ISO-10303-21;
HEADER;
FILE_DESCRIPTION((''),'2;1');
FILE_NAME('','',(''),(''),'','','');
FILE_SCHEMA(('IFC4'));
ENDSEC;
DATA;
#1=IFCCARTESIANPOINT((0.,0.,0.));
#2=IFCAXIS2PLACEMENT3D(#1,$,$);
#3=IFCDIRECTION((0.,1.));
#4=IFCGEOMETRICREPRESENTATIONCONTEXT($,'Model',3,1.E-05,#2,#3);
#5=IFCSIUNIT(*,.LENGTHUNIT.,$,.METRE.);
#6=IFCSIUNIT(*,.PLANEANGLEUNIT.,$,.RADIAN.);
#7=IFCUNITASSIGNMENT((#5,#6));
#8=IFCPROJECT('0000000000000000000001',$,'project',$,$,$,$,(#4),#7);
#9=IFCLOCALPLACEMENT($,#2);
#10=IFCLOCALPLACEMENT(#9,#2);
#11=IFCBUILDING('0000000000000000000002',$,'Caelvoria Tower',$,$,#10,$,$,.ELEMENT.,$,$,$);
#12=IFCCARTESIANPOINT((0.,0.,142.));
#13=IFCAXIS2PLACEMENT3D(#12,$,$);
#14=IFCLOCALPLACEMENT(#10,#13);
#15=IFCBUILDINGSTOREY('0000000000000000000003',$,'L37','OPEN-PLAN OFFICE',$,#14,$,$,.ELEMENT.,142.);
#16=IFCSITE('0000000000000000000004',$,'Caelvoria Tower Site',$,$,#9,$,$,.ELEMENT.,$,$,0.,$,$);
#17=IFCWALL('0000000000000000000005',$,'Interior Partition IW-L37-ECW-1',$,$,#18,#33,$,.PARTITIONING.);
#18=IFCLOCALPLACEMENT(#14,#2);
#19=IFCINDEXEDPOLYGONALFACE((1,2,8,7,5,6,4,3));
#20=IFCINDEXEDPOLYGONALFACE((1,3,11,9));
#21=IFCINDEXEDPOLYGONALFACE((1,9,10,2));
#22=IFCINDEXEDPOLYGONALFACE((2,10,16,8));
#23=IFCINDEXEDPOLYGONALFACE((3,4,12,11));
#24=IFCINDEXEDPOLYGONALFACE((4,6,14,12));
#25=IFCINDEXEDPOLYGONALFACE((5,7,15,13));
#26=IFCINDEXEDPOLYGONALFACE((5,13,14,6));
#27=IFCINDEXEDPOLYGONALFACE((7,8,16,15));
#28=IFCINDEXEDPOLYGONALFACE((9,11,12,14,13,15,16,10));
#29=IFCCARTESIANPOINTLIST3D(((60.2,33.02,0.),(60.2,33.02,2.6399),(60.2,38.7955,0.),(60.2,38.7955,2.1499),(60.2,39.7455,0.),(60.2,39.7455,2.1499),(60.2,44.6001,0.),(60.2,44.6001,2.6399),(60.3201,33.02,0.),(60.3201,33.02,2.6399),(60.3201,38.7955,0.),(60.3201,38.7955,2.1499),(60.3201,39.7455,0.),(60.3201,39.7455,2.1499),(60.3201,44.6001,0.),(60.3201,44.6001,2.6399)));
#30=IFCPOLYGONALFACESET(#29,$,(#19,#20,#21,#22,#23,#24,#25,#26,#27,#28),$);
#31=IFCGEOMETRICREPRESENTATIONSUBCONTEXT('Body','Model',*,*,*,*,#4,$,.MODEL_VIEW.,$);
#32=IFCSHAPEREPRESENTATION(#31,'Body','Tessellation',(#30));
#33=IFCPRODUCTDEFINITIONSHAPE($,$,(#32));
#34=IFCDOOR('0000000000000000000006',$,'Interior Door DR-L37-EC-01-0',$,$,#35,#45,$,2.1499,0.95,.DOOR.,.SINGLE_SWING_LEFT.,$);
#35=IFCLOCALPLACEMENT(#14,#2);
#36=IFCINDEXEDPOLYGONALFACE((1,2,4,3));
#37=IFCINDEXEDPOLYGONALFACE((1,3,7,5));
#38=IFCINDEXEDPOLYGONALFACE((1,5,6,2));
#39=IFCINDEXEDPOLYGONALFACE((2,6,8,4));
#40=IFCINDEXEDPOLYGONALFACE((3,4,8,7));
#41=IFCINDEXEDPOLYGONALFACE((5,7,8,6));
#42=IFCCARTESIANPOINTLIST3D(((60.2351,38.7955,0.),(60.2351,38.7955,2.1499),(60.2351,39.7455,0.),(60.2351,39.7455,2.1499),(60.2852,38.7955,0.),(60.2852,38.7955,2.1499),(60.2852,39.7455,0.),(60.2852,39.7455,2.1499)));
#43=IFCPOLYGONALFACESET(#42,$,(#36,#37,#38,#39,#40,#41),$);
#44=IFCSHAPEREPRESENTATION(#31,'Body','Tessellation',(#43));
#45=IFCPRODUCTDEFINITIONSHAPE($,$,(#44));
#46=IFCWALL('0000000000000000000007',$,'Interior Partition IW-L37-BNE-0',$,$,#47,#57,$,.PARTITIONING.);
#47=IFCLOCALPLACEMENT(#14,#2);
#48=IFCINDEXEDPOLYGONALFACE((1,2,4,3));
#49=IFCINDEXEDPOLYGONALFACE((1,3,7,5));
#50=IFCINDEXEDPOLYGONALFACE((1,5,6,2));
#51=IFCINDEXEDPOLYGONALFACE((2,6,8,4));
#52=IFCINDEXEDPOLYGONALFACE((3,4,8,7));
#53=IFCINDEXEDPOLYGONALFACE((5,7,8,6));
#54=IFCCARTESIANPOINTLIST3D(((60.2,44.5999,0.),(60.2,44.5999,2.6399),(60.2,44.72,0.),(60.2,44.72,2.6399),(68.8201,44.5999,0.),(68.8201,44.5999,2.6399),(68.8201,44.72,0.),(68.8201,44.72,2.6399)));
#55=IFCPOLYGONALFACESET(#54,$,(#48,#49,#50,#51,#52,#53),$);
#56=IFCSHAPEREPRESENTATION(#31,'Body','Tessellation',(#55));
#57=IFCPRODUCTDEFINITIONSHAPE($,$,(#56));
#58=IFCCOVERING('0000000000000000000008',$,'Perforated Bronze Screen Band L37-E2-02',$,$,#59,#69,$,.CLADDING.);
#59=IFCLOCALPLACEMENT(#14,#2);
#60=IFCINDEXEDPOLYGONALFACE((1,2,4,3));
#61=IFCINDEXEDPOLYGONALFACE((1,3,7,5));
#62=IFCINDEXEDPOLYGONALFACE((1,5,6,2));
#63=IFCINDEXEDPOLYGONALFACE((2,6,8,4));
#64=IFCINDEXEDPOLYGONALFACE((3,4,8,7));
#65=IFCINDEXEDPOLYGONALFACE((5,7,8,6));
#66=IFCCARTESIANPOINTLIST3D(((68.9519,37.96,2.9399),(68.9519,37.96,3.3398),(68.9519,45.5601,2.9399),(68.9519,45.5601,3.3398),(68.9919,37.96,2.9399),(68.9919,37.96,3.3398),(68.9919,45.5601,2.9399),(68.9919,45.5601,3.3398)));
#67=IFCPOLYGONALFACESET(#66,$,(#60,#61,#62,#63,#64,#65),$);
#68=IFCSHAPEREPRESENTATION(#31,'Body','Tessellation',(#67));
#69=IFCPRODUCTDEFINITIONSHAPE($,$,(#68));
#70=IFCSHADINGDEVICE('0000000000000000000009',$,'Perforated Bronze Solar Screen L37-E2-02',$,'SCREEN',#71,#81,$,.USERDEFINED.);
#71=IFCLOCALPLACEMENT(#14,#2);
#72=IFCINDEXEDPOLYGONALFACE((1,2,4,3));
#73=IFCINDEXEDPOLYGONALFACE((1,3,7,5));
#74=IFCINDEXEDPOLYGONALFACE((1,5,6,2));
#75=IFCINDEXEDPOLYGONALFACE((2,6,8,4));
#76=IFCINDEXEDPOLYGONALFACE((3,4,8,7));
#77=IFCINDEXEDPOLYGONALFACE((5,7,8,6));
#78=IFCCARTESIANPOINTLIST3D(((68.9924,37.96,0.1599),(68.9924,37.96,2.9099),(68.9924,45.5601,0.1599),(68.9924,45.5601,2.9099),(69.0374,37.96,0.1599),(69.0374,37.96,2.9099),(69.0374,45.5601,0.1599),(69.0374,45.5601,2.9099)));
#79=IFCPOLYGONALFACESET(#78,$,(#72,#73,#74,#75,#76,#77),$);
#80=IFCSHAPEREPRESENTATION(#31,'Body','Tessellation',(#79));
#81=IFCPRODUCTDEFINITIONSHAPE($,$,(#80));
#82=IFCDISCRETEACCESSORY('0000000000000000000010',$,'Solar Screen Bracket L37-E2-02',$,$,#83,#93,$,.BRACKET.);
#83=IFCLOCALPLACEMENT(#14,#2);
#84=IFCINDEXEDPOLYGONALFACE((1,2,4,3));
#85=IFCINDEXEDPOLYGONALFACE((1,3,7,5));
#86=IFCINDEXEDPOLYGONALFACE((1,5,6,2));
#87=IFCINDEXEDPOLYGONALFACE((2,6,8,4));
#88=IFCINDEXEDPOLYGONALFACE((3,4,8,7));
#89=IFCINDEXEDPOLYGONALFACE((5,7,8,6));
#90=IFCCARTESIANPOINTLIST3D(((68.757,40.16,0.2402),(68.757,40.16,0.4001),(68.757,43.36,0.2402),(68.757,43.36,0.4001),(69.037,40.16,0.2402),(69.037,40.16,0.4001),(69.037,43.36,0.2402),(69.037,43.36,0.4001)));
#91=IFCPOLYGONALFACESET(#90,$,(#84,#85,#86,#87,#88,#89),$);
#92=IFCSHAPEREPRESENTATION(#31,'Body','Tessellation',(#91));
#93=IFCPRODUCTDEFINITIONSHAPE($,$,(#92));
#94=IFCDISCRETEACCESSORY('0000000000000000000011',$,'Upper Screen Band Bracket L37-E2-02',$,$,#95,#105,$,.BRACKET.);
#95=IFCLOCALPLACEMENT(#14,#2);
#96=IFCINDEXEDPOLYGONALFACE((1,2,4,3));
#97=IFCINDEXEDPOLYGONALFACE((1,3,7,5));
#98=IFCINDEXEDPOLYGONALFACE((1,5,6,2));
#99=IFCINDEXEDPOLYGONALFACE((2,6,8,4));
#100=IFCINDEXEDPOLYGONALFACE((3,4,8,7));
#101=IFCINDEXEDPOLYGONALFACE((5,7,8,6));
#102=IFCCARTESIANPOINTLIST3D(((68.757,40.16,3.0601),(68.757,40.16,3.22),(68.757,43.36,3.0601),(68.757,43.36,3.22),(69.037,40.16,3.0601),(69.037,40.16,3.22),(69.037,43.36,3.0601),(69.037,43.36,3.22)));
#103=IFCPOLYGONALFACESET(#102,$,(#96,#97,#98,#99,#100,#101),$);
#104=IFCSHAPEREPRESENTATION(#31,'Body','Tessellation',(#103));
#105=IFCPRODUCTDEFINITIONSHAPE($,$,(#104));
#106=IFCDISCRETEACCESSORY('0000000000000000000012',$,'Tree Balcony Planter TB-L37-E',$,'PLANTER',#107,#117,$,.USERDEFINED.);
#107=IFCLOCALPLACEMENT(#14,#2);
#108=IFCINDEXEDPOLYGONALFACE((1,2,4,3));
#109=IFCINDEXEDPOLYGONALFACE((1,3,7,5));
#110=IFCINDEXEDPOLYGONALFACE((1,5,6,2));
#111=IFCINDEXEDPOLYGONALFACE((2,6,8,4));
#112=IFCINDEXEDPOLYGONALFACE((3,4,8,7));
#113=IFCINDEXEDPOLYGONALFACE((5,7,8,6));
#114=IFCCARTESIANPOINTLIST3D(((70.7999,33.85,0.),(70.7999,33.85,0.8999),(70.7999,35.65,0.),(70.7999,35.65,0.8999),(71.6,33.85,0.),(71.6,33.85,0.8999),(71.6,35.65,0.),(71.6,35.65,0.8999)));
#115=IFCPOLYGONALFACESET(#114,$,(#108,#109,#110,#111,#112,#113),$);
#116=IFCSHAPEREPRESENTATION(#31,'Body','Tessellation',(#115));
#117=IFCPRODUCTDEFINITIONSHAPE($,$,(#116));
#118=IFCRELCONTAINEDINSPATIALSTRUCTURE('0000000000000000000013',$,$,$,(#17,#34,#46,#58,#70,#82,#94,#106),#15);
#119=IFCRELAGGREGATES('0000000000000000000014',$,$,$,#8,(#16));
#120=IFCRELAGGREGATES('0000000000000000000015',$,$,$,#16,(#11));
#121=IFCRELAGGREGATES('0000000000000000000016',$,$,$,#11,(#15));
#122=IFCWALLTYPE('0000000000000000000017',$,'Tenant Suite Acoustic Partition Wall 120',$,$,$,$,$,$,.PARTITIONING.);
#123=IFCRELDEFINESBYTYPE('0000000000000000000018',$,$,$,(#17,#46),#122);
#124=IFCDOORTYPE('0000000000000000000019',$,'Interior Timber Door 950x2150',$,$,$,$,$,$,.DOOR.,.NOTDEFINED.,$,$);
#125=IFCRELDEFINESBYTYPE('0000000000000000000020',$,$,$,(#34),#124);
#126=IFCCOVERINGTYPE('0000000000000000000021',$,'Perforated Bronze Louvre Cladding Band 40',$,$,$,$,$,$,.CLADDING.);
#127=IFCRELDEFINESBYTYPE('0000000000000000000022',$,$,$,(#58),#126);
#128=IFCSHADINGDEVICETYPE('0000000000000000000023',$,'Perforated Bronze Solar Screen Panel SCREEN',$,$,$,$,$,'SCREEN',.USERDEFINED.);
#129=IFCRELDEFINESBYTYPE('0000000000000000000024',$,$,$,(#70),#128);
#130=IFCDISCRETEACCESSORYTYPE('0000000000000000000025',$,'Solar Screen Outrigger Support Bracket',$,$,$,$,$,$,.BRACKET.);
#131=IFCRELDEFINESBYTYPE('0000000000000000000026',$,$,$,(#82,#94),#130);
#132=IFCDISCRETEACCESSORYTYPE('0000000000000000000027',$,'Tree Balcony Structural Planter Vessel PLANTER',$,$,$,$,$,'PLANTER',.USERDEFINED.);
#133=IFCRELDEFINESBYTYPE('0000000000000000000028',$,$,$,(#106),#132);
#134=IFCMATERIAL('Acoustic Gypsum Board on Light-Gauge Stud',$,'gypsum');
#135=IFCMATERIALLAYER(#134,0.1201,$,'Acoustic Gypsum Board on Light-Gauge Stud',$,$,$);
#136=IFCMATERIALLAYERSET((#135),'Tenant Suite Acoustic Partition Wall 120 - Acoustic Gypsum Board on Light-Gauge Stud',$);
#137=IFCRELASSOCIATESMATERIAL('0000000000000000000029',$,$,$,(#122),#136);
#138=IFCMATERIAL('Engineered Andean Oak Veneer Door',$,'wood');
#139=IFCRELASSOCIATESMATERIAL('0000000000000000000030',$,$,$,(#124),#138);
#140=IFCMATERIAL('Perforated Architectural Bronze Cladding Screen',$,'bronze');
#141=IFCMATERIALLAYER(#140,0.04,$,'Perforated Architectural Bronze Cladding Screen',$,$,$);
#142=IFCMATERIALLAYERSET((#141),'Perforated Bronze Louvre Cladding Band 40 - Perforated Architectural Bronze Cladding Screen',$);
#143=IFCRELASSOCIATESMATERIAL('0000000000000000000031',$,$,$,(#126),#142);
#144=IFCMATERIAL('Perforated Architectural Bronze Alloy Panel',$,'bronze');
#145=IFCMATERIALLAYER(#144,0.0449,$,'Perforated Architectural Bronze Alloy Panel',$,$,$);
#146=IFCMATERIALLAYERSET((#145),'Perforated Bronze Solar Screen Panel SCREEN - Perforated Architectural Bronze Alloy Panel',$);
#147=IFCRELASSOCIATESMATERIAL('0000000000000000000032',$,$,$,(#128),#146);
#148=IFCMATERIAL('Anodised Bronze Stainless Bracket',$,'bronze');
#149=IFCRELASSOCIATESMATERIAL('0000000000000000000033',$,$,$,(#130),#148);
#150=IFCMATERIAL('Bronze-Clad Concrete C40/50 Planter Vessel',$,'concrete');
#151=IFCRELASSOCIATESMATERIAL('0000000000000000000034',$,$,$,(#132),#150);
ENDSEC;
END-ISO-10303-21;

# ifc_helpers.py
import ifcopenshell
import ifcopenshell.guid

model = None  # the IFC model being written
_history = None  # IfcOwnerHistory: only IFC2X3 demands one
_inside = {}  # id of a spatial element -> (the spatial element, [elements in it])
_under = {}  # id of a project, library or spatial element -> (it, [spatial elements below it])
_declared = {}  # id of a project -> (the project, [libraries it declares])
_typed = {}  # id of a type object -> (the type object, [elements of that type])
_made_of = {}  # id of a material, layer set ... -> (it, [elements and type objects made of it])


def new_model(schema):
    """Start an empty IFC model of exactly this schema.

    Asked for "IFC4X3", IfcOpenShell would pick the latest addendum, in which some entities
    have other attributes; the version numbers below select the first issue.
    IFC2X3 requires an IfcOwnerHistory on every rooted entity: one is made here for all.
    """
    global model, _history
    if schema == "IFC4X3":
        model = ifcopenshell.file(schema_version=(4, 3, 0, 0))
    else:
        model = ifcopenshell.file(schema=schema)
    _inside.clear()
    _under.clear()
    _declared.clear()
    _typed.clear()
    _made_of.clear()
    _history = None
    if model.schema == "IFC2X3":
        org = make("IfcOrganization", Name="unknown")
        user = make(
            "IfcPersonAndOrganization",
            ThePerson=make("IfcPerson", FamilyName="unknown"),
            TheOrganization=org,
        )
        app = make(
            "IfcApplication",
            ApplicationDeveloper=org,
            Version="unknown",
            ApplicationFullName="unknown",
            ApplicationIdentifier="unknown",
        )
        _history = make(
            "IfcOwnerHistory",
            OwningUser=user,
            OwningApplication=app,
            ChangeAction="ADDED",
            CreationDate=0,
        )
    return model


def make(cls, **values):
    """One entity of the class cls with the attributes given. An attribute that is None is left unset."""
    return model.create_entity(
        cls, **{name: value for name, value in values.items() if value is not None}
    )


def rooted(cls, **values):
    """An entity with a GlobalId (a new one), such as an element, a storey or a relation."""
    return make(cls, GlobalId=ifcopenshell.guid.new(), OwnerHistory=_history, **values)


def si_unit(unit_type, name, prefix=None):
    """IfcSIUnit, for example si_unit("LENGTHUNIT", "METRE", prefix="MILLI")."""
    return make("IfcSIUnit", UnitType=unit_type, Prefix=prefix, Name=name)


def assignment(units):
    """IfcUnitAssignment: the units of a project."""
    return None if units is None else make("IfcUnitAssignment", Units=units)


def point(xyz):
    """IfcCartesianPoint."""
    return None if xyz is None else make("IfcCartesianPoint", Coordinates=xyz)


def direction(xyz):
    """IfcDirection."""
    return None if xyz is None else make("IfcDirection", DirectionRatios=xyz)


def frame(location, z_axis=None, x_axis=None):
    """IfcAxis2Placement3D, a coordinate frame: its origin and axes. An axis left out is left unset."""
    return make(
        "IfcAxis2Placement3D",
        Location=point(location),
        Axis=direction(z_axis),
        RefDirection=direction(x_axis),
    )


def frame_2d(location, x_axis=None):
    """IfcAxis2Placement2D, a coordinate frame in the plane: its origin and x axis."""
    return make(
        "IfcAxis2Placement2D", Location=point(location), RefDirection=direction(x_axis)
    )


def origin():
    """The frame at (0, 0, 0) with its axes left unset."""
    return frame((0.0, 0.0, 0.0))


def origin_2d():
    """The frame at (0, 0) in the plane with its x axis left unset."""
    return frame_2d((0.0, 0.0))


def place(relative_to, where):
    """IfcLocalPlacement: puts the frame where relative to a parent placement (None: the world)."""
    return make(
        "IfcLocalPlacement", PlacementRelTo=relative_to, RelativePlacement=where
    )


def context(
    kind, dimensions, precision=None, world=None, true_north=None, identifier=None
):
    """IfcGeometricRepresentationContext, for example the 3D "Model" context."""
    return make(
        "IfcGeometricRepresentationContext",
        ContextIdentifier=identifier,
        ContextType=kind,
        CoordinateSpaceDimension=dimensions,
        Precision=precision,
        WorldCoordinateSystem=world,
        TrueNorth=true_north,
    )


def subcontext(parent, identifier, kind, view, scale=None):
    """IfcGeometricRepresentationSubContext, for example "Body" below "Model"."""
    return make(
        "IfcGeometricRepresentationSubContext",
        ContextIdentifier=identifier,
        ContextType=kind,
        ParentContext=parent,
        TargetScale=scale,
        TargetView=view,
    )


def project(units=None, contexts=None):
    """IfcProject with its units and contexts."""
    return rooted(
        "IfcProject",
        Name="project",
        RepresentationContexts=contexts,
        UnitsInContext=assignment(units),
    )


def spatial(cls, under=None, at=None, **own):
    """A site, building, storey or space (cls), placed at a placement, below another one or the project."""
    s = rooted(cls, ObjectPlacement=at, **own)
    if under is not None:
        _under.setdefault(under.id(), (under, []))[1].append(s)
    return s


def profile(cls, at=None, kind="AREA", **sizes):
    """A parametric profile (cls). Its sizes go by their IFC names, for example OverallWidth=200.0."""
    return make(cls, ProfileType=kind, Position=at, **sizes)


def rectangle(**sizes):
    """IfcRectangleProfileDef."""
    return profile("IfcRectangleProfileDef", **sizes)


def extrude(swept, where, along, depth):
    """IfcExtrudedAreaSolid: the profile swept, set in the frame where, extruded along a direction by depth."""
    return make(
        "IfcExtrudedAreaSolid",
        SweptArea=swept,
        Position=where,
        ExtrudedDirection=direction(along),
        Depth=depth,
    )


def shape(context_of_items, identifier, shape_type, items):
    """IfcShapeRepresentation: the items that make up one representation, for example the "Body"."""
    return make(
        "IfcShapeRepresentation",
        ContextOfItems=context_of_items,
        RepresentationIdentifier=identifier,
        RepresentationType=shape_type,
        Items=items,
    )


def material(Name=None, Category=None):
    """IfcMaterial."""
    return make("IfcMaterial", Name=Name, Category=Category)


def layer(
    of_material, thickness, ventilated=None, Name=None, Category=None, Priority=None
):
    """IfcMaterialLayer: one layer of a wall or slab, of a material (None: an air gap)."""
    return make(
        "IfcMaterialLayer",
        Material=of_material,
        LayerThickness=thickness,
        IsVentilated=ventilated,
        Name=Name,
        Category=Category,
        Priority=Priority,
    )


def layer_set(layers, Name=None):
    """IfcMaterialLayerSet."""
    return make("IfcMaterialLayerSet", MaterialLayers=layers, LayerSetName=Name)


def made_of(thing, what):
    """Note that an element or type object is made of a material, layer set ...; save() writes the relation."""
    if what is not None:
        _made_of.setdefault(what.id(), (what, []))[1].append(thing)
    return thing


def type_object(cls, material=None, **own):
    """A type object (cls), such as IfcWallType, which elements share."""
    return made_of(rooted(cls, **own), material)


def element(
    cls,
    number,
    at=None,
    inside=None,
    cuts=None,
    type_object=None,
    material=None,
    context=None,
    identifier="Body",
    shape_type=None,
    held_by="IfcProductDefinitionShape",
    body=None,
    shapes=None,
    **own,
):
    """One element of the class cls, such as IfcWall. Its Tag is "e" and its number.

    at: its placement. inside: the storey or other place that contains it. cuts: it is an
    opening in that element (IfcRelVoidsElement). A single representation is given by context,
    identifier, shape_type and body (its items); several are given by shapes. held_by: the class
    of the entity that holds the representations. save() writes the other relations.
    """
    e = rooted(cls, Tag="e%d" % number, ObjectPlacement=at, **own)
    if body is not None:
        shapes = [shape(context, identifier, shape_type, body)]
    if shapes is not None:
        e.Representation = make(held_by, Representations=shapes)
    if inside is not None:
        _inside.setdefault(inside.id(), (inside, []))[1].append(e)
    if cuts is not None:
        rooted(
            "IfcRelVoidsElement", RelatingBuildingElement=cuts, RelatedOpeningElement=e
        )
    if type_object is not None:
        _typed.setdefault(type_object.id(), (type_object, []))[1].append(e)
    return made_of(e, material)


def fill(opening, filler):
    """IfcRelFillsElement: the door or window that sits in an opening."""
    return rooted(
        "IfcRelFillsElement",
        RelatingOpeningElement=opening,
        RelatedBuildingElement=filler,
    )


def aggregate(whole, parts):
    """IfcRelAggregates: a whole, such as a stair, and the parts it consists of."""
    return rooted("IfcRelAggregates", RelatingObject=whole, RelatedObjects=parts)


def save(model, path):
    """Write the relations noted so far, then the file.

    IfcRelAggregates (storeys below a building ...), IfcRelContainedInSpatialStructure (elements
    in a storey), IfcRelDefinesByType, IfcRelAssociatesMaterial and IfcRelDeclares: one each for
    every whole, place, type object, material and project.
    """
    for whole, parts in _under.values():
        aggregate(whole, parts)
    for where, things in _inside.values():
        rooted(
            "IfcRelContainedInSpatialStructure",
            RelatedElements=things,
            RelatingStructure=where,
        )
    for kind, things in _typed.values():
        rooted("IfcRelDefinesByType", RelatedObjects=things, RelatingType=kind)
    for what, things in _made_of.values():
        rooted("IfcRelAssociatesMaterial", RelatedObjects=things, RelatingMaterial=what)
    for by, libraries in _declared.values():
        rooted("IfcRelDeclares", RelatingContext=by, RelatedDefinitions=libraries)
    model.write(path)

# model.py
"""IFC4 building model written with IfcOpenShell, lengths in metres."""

from ifc_helpers import new_model, si_unit, direction, frame, frame_2d, origin, origin_2d, place, context, subcontext, project, spatial, rectangle, extrude, material, layer, layer_set, type_object, element, fill, save


model = new_model("IFC4")

# Units and contexts
model_context = context("Model", 3, precision=1e-05, world=origin(), true_north=direction((0.0, 1.0)))
body_context = subcontext(model_context, "Body", "Model", "MODEL_VIEW")
ifc_project = project(units=[si_unit("LENGTHUNIT", "METRE"), si_unit("PLANEANGLEUNIT", "RADIAN")], contexts=[model_context])

# Site, building, storey
site_placement = place(None, origin())
site = spatial("IfcSite", under=ifc_project, at=site_placement, Name="Caelvoria Tower Site", CompositionType="ELEMENT", RefElevation=0.0)
building_placement = place(site_placement, origin())
building = spatial("IfcBuilding", under=site, at=building_placement, Name="Caelvoria Tower", CompositionType="ELEMENT")
storey_placement = place(building_placement, frame((0.0, 0.0, 142.0)))
storey = spatial("IfcBuildingStorey", under=building, at=storey_placement, Name="L37", Description="OPEN-PLAN OFFICE", CompositionType="ELEMENT", Elevation=142.0)

# Wall, opening, door
ifc_material_1 = material(Name="Acoustic Gypsum Board on Light-Gauge Stud", Category="gypsum")
ifc_layer_1 = layer(ifc_material_1, 0.1201, Name="Acoustic Gypsum Board on Light-Gauge Stud")
ifc_layer_set_1 = layer_set([ifc_layer_1], Name="Tenant Suite Acoustic Partition Wall 120 - Acoustic Gypsum Board on Light-Gauge Stud")
wall_type_1 = type_object("IfcWallType", Name="Tenant Suite Acoustic Partition Wall 120", PredefinedType="PARTITIONING", material=ifc_layer_set_1)
ifc_material_2 = material(Name="Engineered Andean Oak Veneer Door", Category="wood")
wall_1_placement = place(storey_placement, frame((60.26, 33.02, 0.0), z_axis=(0.0, 0.0, 1.0), x_axis=(0.0, 1.0, 0.0)))
wall_1 = element("IfcWall", 1, at=wall_1_placement, inside=storey, type_object=wall_type_1, Name="Interior Partition IW-L37-ECW-1", PredefinedType="PARTITIONING", context=body_context, shape_type="SweptSolid", body=[
    extrude(rectangle(XDim=11.5801, YDim=0.1201, at=frame_2d((5.79, 0.0))), origin(), (0.0, 0.0, 1.0), 2.6399),
])
opening_1_placement = place(wall_1_placement, frame((5.7754, 0.0, 0.0)))
opening_1 = element("IfcOpeningElement", 2, at=opening_1_placement, cuts=wall_1, PredefinedType="OPENING", context=body_context, shape_type="SweptSolid", body=[
    extrude(rectangle(XDim=0.95, YDim=2.1499, at=frame_2d((0.4751, 1.075))), frame((0.0, 0.0701, 0.0), z_axis=(0.0, -1.0, 0.0), x_axis=(1.0, 0.0, 0.0)), (0.0, 0.0, 1.0), 0.1401),
])
door_type_1 = type_object("IfcDoorType", Name="Interior Timber Door 950x2150", OperationType="NOTDEFINED", PredefinedType="DOOR", material=ifc_material_2)
door_1_placement = place(opening_1_placement, origin())
door_1 = element("IfcDoor", 3, at=door_1_placement, inside=storey, type_object=door_type_1, Name="Interior Door DR-L37-EC-01-0", OperationType="SINGLE_SWING_LEFT", OverallHeight=2.1499, OverallWidth=0.95, PredefinedType="DOOR", context=body_context, shape_type="SweptSolid", body=[
    extrude(rectangle(XDim=0.95, YDim=2.1499, at=frame_2d((0.4751, 1.075))), frame((0.0, 0.0249, 0.0), z_axis=(0.0, -1.0, 0.0), x_axis=(1.0, 0.0, 0.0)), (0.0, 0.0, 1.0), 0.05),
])
fill(opening_1, door_1)

# Wall
wall_2_placement = place(storey_placement, frame((60.2, 44.6599, 0.0), z_axis=(0.0, 0.0, 1.0), x_axis=(1.0, 0.0, 0.0)))
element("IfcWall", 4, at=wall_2_placement, inside=storey, type_object=wall_type_1, Name="Interior Partition IW-L37-BNE-0", PredefinedType="PARTITIONING", context=body_context, shape_type="SweptSolid", body=[
    extrude(rectangle(XDim=8.6201, YDim=0.1201, at=frame_2d((4.3101, 0.0))), origin(), (0.0, 0.0, 1.0), 2.6399),
])

# Covering
ifc_material_3 = material(Name="Perforated Architectural Bronze Cladding Screen", Category="bronze")
ifc_layer_2 = layer(ifc_material_3, 0.04, Name="Perforated Architectural Bronze Cladding Screen")
ifc_layer_set_2 = layer_set([ifc_layer_2], Name="Perforated Bronze Louvre Cladding Band 40 - Perforated Architectural Bronze Cladding Screen")
covering_type = type_object("IfcCoveringType", Name="Perforated Bronze Louvre Cladding Band 40", PredefinedType="CLADDING", material=ifc_layer_set_2)
covering_placement = place(storey_placement, frame((68.9719, 41.76, 2.9399), z_axis=(0.0, 0.0, 1.0), x_axis=(0.0, 1.0, 0.0)))
element("IfcCovering", 5, at=covering_placement, inside=storey, type_object=covering_type, Name="Perforated Bronze Screen Band L37-E2-02", PredefinedType="CLADDING", context=body_context, shape_type="SweptSolid", body=[
    extrude(rectangle(XDim=7.6001, YDim=0.04, at=origin_2d()), origin(), (0.0, 0.0, 1.0), 0.3999),
])

# Shading device
ifc_material_4 = material(Name="Perforated Architectural Bronze Alloy Panel", Category="bronze")
ifc_layer_3 = layer(ifc_material_4, 0.0449, Name="Perforated Architectural Bronze Alloy Panel")
ifc_layer_set_3 = layer_set([ifc_layer_3], Name="Perforated Bronze Solar Screen Panel SCREEN - Perforated Architectural Bronze Alloy Panel")
shading_device_type = type_object("IfcShadingDeviceType", Name="Perforated Bronze Solar Screen Panel SCREEN", ElementType="SCREEN", PredefinedType="USERDEFINED", material=ifc_layer_set_3)
shading_device_placement = place(storey_placement, frame((69.0149, 41.76, 0.1599), z_axis=(0.0, 0.0, 1.0), x_axis=(0.0, 1.0, 0.0)))
element("IfcShadingDevice", 6, at=shading_device_placement, inside=storey, type_object=shading_device_type, Name="Perforated Bronze Solar Screen L37-E2-02", ObjectType="SCREEN", PredefinedType="USERDEFINED", context=body_context, shape_type="SweptSolid", body=[
    extrude(rectangle(XDim=7.6001, YDim=0.0449, at=origin_2d()), origin(), (0.0, 0.0, 1.0), 2.75),
])

# Discrete accessories
ifc_material_5 = material(Name="Anodised Bronze Stainless Bracket", Category="bronze")
discrete_accessory_type_1 = type_object("IfcDiscreteAccessoryType", Name="Solar Screen Outrigger Support Bracket", PredefinedType="BRACKET", material=ifc_material_5)
for number, where, z_axis, x_axis, name in (
    (7, (68.897, 41.76, 0.2402), (0.0, 0.0, 1.0), (0.0, 1.0, 0.0), "Solar Screen Bracket L37-E2-02"),
    (8, (68.897, 41.76, 3.0601), (0.0, 0.0, 1.0), (0.0, 1.0, 0.0), "Upper Screen Band Bracket L37-E2-02"),
):
    element("IfcDiscreteAccessory", number, at=place(storey_placement, frame(where, z_axis=z_axis, x_axis=x_axis)), inside=storey, type_object=discrete_accessory_type_1, Name=name, PredefinedType="BRACKET", context=body_context, shape_type="SweptSolid", body=[
        extrude(rectangle(XDim=3.2, YDim=0.28, at=origin_2d()), origin(), (0.0, 0.0, 1.0), 0.1599),
    ])
ifc_material_6 = material(Name="Bronze-Clad Concrete C40/50 Planter Vessel", Category="concrete")
discrete_accessory_type_2 = type_object("IfcDiscreteAccessoryType", Name="Tree Balcony Structural Planter Vessel PLANTER", ElementType="PLANTER", PredefinedType="USERDEFINED", material=ifc_material_6)
discrete_accessory_placement = place(storey_placement, frame((71.2, 34.75, 0.0), z_axis=(0.0, 0.0, 1.0), x_axis=(0.0, 1.0, 0.0)))
element("IfcDiscreteAccessory", 9, at=discrete_accessory_placement, inside=storey, type_object=discrete_accessory_type_2, Name="Tree Balcony Planter TB-L37-E", ObjectType="PLANTER", PredefinedType="USERDEFINED", context=body_context, shape_type="SweptSolid", body=[
    extrude(rectangle(XDim=1.8, YDim=0.8, at=origin_2d()), origin(), (0.0, 0.0, 1.0), 0.8999),
])

save(model, "model.ifc")
